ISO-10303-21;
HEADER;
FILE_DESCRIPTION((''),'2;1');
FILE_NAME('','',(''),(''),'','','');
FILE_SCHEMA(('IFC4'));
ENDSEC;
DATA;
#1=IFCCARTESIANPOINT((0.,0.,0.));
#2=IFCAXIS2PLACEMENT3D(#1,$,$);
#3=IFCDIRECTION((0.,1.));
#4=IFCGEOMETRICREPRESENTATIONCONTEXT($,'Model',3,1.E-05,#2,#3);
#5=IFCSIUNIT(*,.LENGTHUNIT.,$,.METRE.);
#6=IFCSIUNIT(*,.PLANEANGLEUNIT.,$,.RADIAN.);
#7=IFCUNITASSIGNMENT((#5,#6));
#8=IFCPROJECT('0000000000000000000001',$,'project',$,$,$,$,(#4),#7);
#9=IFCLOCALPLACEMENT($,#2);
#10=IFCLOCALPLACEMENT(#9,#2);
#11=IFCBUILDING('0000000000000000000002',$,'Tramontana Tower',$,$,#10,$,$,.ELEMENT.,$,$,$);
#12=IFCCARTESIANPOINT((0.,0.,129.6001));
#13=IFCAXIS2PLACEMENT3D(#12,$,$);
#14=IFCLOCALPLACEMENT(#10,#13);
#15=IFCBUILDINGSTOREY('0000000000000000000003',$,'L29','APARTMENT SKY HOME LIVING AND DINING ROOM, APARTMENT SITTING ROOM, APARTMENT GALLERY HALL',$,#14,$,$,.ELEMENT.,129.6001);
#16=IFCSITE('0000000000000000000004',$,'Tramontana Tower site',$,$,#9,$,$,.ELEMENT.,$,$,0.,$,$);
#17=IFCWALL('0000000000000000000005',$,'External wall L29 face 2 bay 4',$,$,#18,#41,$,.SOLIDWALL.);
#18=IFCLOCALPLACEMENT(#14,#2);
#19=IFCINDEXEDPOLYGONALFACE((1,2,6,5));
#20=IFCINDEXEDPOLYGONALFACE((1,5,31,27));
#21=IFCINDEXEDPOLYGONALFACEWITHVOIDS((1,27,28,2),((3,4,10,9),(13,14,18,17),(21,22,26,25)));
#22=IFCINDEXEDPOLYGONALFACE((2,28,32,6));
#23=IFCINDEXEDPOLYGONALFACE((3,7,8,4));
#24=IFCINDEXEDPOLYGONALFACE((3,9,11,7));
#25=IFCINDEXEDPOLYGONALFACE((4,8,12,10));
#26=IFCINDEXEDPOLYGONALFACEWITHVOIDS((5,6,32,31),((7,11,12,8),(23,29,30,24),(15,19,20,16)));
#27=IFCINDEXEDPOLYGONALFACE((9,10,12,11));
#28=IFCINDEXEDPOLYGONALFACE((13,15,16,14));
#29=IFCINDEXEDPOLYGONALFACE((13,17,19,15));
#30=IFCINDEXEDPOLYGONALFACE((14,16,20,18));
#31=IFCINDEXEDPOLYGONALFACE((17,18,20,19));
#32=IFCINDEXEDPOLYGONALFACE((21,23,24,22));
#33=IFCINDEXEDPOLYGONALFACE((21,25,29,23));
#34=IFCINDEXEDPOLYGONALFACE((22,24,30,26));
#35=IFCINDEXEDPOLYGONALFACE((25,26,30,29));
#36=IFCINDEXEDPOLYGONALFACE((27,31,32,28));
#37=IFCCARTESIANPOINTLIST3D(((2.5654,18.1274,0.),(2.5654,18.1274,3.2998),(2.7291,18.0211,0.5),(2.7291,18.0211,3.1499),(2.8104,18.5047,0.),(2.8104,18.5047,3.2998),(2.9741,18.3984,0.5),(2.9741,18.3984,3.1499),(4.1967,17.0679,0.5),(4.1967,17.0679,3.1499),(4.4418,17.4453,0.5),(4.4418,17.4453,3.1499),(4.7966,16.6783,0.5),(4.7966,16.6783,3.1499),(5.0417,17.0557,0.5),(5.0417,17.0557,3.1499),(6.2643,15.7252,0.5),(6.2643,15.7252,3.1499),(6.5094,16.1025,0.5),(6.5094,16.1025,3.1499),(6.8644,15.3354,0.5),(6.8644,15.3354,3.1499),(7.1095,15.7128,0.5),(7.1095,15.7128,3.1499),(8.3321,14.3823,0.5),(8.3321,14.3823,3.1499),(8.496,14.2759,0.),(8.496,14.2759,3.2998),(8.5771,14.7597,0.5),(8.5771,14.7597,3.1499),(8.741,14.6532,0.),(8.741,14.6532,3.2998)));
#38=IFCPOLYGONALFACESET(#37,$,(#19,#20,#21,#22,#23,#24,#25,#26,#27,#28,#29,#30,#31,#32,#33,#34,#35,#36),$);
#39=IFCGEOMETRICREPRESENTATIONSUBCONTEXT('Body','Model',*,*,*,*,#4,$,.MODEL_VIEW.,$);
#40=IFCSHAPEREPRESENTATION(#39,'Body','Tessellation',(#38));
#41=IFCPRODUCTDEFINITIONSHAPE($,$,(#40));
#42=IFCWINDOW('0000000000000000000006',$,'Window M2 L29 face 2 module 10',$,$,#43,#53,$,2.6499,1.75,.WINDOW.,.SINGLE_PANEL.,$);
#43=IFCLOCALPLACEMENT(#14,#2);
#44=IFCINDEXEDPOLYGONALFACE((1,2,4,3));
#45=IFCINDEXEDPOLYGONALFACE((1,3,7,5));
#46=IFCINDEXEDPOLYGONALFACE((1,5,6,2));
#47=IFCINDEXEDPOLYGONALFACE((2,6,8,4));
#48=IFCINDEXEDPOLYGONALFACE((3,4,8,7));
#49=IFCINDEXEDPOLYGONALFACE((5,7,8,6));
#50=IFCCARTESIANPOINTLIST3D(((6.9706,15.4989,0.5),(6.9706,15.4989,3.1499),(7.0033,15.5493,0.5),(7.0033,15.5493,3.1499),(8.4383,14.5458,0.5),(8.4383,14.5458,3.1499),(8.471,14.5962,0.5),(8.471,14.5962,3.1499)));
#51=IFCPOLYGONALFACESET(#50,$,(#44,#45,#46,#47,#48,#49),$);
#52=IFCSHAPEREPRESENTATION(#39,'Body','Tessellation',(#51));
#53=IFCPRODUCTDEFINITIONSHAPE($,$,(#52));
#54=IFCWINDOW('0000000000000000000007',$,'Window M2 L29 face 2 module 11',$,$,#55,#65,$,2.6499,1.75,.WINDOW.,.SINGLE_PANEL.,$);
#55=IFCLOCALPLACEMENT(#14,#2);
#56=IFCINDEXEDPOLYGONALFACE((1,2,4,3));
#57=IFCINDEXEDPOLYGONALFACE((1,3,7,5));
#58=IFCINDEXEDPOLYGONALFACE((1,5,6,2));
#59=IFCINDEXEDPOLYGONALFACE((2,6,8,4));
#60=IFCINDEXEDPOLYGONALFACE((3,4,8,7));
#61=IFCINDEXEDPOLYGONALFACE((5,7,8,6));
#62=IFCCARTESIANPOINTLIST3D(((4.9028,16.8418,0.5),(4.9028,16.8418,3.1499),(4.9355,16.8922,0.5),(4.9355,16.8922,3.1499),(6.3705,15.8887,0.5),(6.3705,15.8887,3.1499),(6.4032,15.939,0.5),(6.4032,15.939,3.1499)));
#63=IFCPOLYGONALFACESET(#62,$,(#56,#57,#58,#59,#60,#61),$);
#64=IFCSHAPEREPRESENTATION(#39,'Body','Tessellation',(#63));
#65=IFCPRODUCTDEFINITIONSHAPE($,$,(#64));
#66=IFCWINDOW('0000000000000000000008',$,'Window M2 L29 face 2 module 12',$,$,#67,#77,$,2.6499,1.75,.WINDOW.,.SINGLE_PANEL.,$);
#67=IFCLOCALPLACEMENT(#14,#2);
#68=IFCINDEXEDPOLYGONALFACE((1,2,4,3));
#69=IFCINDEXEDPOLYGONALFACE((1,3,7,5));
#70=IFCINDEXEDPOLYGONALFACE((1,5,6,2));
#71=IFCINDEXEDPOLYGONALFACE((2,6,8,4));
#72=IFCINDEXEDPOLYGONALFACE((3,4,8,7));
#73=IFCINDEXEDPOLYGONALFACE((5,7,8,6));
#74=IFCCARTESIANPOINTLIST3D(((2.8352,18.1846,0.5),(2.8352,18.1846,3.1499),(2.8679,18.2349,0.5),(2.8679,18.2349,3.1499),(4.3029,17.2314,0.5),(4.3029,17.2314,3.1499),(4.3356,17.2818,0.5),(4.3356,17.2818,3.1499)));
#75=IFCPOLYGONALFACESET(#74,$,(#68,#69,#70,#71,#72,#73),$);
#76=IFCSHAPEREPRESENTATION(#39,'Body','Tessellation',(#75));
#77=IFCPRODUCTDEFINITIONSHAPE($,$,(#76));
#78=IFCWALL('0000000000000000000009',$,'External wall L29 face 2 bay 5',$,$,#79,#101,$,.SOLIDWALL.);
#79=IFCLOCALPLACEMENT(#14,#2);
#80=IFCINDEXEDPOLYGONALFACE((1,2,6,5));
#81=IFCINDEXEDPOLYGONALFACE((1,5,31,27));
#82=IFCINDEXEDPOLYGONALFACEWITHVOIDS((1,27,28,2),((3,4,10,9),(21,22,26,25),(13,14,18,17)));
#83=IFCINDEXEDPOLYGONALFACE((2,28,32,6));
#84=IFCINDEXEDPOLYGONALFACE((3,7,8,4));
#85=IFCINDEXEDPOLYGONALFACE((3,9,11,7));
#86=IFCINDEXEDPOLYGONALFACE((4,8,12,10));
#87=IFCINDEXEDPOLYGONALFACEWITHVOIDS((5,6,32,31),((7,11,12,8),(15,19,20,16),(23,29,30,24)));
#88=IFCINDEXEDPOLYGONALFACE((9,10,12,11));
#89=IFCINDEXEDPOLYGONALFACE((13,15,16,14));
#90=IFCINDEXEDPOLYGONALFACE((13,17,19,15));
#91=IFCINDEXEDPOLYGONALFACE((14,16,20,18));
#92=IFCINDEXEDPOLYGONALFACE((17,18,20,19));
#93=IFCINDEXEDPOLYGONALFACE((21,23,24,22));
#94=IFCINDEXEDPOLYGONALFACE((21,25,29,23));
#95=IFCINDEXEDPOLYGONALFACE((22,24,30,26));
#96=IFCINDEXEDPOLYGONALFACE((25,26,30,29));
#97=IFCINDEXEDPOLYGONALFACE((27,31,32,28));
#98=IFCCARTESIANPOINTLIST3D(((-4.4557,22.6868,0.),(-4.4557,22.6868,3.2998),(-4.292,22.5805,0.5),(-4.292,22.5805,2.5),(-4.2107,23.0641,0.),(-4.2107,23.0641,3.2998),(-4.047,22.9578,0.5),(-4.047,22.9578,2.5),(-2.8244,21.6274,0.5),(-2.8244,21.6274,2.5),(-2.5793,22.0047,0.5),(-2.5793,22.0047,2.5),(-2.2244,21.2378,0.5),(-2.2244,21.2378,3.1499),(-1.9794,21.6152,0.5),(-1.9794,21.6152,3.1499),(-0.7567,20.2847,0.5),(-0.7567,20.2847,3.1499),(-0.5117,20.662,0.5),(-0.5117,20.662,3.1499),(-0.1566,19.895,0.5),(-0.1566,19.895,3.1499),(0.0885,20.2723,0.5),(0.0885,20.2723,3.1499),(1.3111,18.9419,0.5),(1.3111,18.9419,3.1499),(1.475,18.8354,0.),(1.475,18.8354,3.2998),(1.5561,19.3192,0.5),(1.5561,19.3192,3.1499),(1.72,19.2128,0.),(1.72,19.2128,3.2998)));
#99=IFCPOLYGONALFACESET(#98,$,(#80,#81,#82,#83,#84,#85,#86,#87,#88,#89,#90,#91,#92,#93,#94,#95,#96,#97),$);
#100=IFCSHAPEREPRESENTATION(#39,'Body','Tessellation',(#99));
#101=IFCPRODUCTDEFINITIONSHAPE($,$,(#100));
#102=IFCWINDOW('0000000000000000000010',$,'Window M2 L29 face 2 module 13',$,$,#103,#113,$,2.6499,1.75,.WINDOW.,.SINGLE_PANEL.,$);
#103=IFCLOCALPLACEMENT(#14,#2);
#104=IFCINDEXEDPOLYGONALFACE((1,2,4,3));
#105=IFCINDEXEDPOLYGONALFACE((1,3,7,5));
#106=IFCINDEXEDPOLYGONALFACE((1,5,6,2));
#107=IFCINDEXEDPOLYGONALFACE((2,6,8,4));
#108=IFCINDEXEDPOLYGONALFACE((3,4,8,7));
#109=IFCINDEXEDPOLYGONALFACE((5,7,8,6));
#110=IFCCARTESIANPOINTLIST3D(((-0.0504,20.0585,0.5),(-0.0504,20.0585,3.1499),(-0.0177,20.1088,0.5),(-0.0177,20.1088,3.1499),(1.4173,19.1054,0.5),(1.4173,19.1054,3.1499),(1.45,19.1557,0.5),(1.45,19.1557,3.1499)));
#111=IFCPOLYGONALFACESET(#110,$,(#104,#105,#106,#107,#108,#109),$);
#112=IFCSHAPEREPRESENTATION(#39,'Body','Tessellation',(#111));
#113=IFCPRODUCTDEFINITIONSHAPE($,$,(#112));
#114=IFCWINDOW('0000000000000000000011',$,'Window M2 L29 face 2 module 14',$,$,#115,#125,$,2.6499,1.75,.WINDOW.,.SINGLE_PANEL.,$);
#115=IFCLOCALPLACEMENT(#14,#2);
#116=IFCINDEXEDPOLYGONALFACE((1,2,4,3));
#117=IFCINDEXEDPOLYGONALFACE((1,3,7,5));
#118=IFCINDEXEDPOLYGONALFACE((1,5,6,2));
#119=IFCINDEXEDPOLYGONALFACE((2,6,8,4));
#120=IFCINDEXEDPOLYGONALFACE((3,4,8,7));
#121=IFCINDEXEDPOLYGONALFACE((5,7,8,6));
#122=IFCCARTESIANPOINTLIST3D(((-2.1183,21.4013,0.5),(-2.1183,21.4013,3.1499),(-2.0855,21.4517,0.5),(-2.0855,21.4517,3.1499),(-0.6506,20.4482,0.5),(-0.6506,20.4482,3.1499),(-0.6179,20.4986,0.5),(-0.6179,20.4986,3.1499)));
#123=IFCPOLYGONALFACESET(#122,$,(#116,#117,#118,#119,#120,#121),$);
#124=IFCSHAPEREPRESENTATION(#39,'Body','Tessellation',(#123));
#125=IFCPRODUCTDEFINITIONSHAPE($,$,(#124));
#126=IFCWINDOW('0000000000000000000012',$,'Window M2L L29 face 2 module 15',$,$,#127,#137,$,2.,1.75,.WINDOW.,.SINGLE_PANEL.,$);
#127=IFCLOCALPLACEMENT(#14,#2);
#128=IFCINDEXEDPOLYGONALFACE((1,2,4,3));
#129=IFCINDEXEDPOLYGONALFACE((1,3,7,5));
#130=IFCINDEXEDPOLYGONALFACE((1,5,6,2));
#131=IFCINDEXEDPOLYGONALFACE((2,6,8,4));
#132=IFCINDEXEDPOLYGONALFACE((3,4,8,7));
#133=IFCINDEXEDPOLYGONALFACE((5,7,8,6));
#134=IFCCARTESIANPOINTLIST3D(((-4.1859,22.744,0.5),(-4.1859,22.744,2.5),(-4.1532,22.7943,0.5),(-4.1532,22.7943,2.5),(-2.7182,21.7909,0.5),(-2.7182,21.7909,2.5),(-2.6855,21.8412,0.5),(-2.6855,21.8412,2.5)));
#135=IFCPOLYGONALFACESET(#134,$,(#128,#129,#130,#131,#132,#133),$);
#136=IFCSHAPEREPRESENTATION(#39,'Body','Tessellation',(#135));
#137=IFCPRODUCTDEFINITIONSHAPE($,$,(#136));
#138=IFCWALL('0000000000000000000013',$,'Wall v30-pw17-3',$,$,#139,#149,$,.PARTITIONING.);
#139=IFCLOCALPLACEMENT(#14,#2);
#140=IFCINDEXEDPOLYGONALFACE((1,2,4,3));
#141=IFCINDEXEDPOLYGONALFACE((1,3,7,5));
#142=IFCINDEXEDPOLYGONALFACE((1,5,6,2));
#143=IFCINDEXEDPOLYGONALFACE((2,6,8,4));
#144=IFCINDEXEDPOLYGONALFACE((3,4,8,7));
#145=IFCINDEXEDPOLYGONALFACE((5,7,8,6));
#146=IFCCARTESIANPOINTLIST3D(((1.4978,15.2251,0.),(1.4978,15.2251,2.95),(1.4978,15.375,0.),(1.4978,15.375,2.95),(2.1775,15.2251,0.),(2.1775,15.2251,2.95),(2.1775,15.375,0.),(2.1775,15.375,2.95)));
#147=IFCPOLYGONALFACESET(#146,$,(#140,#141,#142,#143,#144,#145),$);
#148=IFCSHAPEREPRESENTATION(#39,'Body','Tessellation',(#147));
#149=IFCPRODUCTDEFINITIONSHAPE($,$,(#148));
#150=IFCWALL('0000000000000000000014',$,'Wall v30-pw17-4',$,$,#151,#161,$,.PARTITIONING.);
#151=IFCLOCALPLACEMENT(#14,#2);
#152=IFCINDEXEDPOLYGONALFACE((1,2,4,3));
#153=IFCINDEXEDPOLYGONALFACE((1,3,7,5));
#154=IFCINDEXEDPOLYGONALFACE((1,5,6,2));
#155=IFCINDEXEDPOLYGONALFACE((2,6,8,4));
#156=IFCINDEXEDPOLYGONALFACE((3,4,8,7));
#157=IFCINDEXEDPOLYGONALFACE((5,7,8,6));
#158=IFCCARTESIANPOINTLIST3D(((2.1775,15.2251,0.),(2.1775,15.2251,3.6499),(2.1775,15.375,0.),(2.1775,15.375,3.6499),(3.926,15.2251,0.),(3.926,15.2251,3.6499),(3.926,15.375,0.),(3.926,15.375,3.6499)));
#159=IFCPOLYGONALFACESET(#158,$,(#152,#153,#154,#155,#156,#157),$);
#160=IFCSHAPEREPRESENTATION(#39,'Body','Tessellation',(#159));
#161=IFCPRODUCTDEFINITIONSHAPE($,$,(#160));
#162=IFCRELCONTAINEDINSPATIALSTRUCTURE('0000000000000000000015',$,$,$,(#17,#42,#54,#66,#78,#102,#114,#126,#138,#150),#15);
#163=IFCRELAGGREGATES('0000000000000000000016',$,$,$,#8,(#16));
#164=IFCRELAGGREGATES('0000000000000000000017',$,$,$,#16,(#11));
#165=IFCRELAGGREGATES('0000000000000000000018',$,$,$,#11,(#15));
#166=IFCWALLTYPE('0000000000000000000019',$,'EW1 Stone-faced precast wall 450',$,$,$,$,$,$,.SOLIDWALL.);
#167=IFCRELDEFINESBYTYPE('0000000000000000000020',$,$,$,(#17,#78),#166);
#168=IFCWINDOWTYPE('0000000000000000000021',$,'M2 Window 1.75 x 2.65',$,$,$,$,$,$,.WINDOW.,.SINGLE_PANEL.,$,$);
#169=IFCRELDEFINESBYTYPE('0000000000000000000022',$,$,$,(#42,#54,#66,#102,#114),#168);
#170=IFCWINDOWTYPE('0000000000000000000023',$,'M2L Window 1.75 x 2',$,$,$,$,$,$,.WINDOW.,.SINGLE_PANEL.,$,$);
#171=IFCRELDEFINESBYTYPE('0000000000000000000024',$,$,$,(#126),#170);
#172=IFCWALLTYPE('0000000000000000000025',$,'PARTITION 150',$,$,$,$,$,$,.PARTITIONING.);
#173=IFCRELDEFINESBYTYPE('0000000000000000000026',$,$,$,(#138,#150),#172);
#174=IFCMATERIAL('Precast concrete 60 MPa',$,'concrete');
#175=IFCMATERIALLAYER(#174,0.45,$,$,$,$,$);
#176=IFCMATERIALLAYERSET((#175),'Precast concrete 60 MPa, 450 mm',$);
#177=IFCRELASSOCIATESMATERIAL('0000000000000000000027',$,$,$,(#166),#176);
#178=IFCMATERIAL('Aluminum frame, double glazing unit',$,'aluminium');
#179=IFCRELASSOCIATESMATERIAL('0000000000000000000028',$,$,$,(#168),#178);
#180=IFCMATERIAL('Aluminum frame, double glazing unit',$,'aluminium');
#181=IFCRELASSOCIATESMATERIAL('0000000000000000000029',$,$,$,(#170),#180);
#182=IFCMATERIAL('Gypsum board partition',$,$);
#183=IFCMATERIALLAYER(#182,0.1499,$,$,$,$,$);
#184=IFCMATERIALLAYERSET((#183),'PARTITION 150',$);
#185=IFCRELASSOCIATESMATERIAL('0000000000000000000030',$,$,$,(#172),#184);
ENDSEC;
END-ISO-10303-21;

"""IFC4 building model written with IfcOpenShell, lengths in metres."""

from ifc_helpers import new_model, si_unit, direction, frame, frame_2d, origin, place, context, subcontext, project, spatial, rectangle, extrude, material, layer, layer_set, type_object, element, fill, save


model = new_model("IFC4")

# Units and contexts
model_context = context("Model", 3, precision=1e-05, world=origin(), true_north=direction((0.0, 1.0)))
body_context = subcontext(model_context, "Body", "Model", "MODEL_VIEW")
ifc_project = project(units=[si_unit("LENGTHUNIT", "METRE"), si_unit("PLANEANGLEUNIT", "RADIAN")], contexts=[model_context])

# Site, building, storey
site_placement = place(None, origin())
site = spatial("IfcSite", under=ifc_project, at=site_placement, Name="Tramontana Tower site", CompositionType="ELEMENT", RefElevation=0.0)
building_placement = place(site_placement, origin())
building = spatial("IfcBuilding", under=site, at=building_placement, Name="Tramontana Tower", CompositionType="ELEMENT")
storey_placement = place(building_placement, frame((0.0, 0.0, 129.6001)))
storey = spatial("IfcBuildingStorey", under=building, at=storey_placement, Name="L29", Description="APARTMENT SKY HOME LIVING AND DINING ROOM, APARTMENT SITTING ROOM, APARTMENT GALLERY HALL", CompositionType="ELEMENT", Elevation=129.6001)

# Walls, openings, windows
ifc_material_1 = material(Name="Precast concrete 60 MPa", Category="concrete")
ifc_layer_1 = layer(ifc_material_1, 0.45)
ifc_layer_set_1 = layer_set([ifc_layer_1], Name="Precast concrete 60 MPa, 450 mm")
wall_type_1 = type_object("IfcWallType", Name="EW1 Stone-faced precast wall 450", PredefinedType="SOLIDWALL", material=ifc_layer_set_1)
wall_1_placement = place(storey_placement, frame((8.6184, 14.4646, 0.0), z_axis=(0.0, 0.0, 1.0), x_axis=(-0.838661, 0.544653, 0.0)))
wall_1 = element("IfcWall", 1, at=wall_1_placement, inside=storey, type_object=wall_type_1, Name="External wall L29 face 2 bay 4", PredefinedType="SOLIDWALL", context=body_context, shape_type="SweptSolid", body=[
    extrude(rectangle(XDim=7.0715, YDim=0.45, at=frame_2d((3.5356, 0.0))), origin(), (0.0, 0.0, 1.0), 3.2998),
])
opening_1_placement = place(wall_1_placement, frame((0.1953, 0.0, 0.5)))
opening_1 = element("IfcOpeningElement", 2, at=opening_1_placement, cuts=wall_1, PredefinedType="OPENING", context=body_context, shape_type="SweptSolid", body=[
    extrude(rectangle(XDim=1.75, YDim=2.6499, at=frame_2d((0.875, 1.325))), frame((0.0, 0.2349, 0.0), z_axis=(0.0, -1.0, 0.0), x_axis=(1.0, 0.0, 0.0)), (0.0, 0.0, 1.0), 0.47),
])
opening_2_placement = place(wall_1_placement, frame((2.6609, 0.0, 0.5)))
opening_2 = element("IfcOpeningElement", 3, at=opening_2_placement, cuts=wall_1, PredefinedType="OPENING", context=body_context, shape_type="SweptSolid", body=[
    extrude(rectangle(XDim=1.75, YDim=2.6499, at=frame_2d((0.875, 1.325))), frame((0.0, 0.2349, 0.0), z_axis=(0.0, -1.0, 0.0), x_axis=(1.0, 0.0, 0.0)), (0.0, 0.0, 1.0), 0.47),
])
opening_3_placement = place(wall_1_placement, frame((5.1262, 0.0, 0.5)))
opening_3 = element("IfcOpeningElement", 4, at=opening_3_placement, cuts=wall_1, PredefinedType="OPENING", context=body_context, shape_type="SweptSolid", body=[
    extrude(rectangle(XDim=1.75, YDim=2.6499, at=frame_2d((0.875, 1.325))), frame((0.0, 0.2349, 0.0), z_axis=(0.0, -1.0, 0.0), x_axis=(1.0, 0.0, 0.0)), (0.0, 0.0, 1.0), 0.47),
])
ifc_material_2 = material(Name="Aluminum frame, double glazing unit", Category="aluminium")
window_type_1 = type_object("IfcWindowType", Name="M2 Window 1.75 x 2.65", PartitioningType="SINGLE_PANEL", PredefinedType="WINDOW", material=ifc_material_2)
window_1_placement = place(opening_1_placement, origin())
window_1 = element("IfcWindow", 5, at=window_1_placement, inside=storey, type_object=window_type_1, Name="Window M2 L29 face 2 module 10", OverallHeight=2.6499, OverallWidth=1.75, PartitioningType="SINGLE_PANEL", PredefinedType="WINDOW", context=body_context, shape_type="SweptSolid", body=[
    extrude(rectangle(XDim=1.75, YDim=2.6499, at=frame_2d((0.875, 1.325))), frame((0.0, 0.03, 0.0), z_axis=(0.0, -1.0, 0.0), x_axis=(1.0, 0.0, 0.0)), (0.0, 0.0, 1.0), 0.0601),
])
fill(opening_1, window_1)
window_2_placement = place(opening_2_placement, origin())
window_2 = element("IfcWindow", 6, at=window_2_placement, inside=storey, type_object=window_type_1, Name="Window M2 L29 face 2 module 11", OverallHeight=2.6499, OverallWidth=1.75, PartitioningType="SINGLE_PANEL", PredefinedType="WINDOW", context=body_context, shape_type="SweptSolid", body=[
    extrude(rectangle(XDim=1.75, YDim=2.6499, at=frame_2d((0.875, 1.325))), frame((0.0, 0.03, 0.0), z_axis=(0.0, -1.0, 0.0), x_axis=(1.0, 0.0, 0.0)), (0.0, 0.0, 1.0), 0.0601),
])
fill(opening_2, window_2)
window_3_placement = place(opening_3_placement, origin())
window_3 = element("IfcWindow", 7, at=window_3_placement, inside=storey, type_object=window_type_1, Name="Window M2 L29 face 2 module 12", OverallHeight=2.6499, OverallWidth=1.75, PartitioningType="SINGLE_PANEL", PredefinedType="WINDOW", context=body_context, shape_type="SweptSolid", body=[
    extrude(rectangle(XDim=1.75, YDim=2.6499, at=frame_2d((0.875, 1.325))), frame((0.0, 0.03, 0.0), z_axis=(0.0, -1.0, 0.0), x_axis=(1.0, 0.0, 0.0)), (0.0, 0.0, 1.0), 0.0601),
])
fill(opening_3, window_3)
wall_2_placement = place(storey_placement, frame((1.5974, 19.0242, 0.0), z_axis=(0.0, 0.0, 1.0), x_axis=(-0.838677, 0.544629, 0.0)))
wall_2 = element("IfcWall", 8, at=wall_2_placement, inside=storey, type_object=wall_type_1, Name="External wall L29 face 2 bay 5", PredefinedType="SOLIDWALL", context=body_context, shape_type="SweptSolid", body=[
    extrude(rectangle(XDim=7.0715, YDim=0.45, at=frame_2d((3.5356, 0.0))), origin(), (0.0, 0.0, 1.0), 3.2998),
])
opening_4_placement = place(wall_2_placement, frame((0.1953, 0.0, 0.5)))
opening_4 = element("IfcOpeningElement", 9, at=opening_4_placement, cuts=wall_2, PredefinedType="OPENING", context=body_context, shape_type="SweptSolid", body=[
    extrude(rectangle(XDim=1.75, YDim=2.6499, at=frame_2d((0.875, 1.325))), frame((0.0, 0.2349, 0.0), z_axis=(0.0, -1.0, 0.0), x_axis=(1.0, 0.0, 0.0)), (0.0, 0.0, 1.0), 0.47),
])
opening_5_placement = place(wall_2_placement, frame((2.6609, 0.0, 0.5)))
opening_5 = element("IfcOpeningElement", 10, at=opening_5_placement, cuts=wall_2, PredefinedType="OPENING", context=body_context, shape_type="SweptSolid", body=[
    extrude(rectangle(XDim=1.75, YDim=2.6499, at=frame_2d((0.875, 1.325))), frame((0.0, 0.2349, 0.0), z_axis=(0.0, -1.0, 0.0), x_axis=(1.0, 0.0, 0.0)), (0.0, 0.0, 1.0), 0.47),
])
opening_6_placement = place(wall_2_placement, frame((5.1262, 0.0, 0.5)))
opening_6 = element("IfcOpeningElement", 11, at=opening_6_placement, cuts=wall_2, PredefinedType="OPENING", context=body_context, shape_type="SweptSolid", body=[
    extrude(rectangle(XDim=1.75, YDim=2.0, at=frame_2d((0.875, 1.0))), frame((0.0, 0.2349, 0.0), z_axis=(0.0, -1.0, 0.0), x_axis=(1.0, 0.0, 0.0)), (0.0, 0.0, 1.0), 0.47),
])
window_4_placement = place(opening_4_placement, origin())
window_4 = element("IfcWindow", 12, at=window_4_placement, inside=storey, type_object=window_type_1, Name="Window M2 L29 face 2 module 13", OverallHeight=2.6499, OverallWidth=1.75, PartitioningType="SINGLE_PANEL", PredefinedType="WINDOW", context=body_context, shape_type="SweptSolid", body=[
    extrude(rectangle(XDim=1.75, YDim=2.6499, at=frame_2d((0.875, 1.325))), frame((0.0, 0.03, 0.0), z_axis=(0.0, -1.0, 0.0), x_axis=(1.0, 0.0, 0.0)), (0.0, 0.0, 1.0), 0.0601),
])
fill(opening_4, window_4)
window_5_placement = place(opening_5_placement, origin())
window_5 = element("IfcWindow", 13, at=window_5_placement, inside=storey, type_object=window_type_1, Name="Window M2 L29 face 2 module 14", OverallHeight=2.6499, OverallWidth=1.75, PartitioningType="SINGLE_PANEL", PredefinedType="WINDOW", context=body_context, shape_type="SweptSolid", body=[
    extrude(rectangle(XDim=1.75, YDim=2.6499, at=frame_2d((0.875, 1.325))), frame((0.0, 0.03, 0.0), z_axis=(0.0, -1.0, 0.0), x_axis=(1.0, 0.0, 0.0)), (0.0, 0.0, 1.0), 0.0601),
])
fill(opening_5, window_5)
ifc_material_3 = material(Name="Aluminum frame, double glazing unit", Category="aluminium")
window_type_2 = type_object("IfcWindowType", Name="M2L Window 1.75 x 2", PartitioningType="SINGLE_PANEL", PredefinedType="WINDOW", material=ifc_material_3)
window_6_placement = place(opening_6_placement, origin())
window_6 = element("IfcWindow", 14, at=window_6_placement, inside=storey, type_object=window_type_2, Name="Window M2L L29 face 2 module 15", OverallHeight=2.0, OverallWidth=1.75, PartitioningType="SINGLE_PANEL", PredefinedType="WINDOW", context=body_context, shape_type="SweptSolid", body=[
    extrude(rectangle(XDim=1.75, YDim=2.0, at=frame_2d((0.875, 1.0))), frame((0.0, 0.03, 0.0), z_axis=(0.0, -1.0, 0.0), x_axis=(1.0, 0.0, 0.0)), (0.0, 0.0, 1.0), 0.0601),
])
fill(opening_6, window_6)

# Walls
ifc_material_4 = material(Name="Gypsum board partition")
ifc_layer_2 = layer(ifc_material_4, 0.1499)
ifc_layer_set_2 = layer_set([ifc_layer_2], Name="PARTITION 150")
wall_type_2 = type_object("IfcWallType", Name="PARTITION 150", PredefinedType="PARTITIONING", material=ifc_layer_set_2)
wall_3_placement = place(storey_placement, frame((1.4978, 15.3, 0.0), z_axis=(0.0, 0.0, 1.0), x_axis=(1.0, 0.0, 0.0)))
element("IfcWall", 15, at=wall_3_placement, inside=storey, type_object=wall_type_2, Name="Wall v30-pw17-3", PredefinedType="PARTITIONING", context=body_context, shape_type="SweptSolid", body=[
    extrude(rectangle(XDim=0.6797, YDim=0.1499, at=frame_2d((0.3398, 0.0))), origin(), (0.0, 0.0, 1.0), 2.95),
])
wall_4_placement = place(storey_placement, frame((2.1775, 15.3, 0.0), z_axis=(0.0, 0.0, 1.0), x_axis=(1.0, 0.0, 0.0)))
element("IfcWall", 16, at=wall_4_placement, inside=storey, type_object=wall_type_2, Name="Wall v30-pw17-4", PredefinedType="PARTITIONING", context=body_context, shape_type="SweptSolid", body=[
    extrude(rectangle(XDim=1.7485, YDim=0.1499, at=frame_2d((0.8743, 0.0))), origin(), (0.0, 0.0, 1.0), 3.6499),
])

save(model, "model.ifc")
